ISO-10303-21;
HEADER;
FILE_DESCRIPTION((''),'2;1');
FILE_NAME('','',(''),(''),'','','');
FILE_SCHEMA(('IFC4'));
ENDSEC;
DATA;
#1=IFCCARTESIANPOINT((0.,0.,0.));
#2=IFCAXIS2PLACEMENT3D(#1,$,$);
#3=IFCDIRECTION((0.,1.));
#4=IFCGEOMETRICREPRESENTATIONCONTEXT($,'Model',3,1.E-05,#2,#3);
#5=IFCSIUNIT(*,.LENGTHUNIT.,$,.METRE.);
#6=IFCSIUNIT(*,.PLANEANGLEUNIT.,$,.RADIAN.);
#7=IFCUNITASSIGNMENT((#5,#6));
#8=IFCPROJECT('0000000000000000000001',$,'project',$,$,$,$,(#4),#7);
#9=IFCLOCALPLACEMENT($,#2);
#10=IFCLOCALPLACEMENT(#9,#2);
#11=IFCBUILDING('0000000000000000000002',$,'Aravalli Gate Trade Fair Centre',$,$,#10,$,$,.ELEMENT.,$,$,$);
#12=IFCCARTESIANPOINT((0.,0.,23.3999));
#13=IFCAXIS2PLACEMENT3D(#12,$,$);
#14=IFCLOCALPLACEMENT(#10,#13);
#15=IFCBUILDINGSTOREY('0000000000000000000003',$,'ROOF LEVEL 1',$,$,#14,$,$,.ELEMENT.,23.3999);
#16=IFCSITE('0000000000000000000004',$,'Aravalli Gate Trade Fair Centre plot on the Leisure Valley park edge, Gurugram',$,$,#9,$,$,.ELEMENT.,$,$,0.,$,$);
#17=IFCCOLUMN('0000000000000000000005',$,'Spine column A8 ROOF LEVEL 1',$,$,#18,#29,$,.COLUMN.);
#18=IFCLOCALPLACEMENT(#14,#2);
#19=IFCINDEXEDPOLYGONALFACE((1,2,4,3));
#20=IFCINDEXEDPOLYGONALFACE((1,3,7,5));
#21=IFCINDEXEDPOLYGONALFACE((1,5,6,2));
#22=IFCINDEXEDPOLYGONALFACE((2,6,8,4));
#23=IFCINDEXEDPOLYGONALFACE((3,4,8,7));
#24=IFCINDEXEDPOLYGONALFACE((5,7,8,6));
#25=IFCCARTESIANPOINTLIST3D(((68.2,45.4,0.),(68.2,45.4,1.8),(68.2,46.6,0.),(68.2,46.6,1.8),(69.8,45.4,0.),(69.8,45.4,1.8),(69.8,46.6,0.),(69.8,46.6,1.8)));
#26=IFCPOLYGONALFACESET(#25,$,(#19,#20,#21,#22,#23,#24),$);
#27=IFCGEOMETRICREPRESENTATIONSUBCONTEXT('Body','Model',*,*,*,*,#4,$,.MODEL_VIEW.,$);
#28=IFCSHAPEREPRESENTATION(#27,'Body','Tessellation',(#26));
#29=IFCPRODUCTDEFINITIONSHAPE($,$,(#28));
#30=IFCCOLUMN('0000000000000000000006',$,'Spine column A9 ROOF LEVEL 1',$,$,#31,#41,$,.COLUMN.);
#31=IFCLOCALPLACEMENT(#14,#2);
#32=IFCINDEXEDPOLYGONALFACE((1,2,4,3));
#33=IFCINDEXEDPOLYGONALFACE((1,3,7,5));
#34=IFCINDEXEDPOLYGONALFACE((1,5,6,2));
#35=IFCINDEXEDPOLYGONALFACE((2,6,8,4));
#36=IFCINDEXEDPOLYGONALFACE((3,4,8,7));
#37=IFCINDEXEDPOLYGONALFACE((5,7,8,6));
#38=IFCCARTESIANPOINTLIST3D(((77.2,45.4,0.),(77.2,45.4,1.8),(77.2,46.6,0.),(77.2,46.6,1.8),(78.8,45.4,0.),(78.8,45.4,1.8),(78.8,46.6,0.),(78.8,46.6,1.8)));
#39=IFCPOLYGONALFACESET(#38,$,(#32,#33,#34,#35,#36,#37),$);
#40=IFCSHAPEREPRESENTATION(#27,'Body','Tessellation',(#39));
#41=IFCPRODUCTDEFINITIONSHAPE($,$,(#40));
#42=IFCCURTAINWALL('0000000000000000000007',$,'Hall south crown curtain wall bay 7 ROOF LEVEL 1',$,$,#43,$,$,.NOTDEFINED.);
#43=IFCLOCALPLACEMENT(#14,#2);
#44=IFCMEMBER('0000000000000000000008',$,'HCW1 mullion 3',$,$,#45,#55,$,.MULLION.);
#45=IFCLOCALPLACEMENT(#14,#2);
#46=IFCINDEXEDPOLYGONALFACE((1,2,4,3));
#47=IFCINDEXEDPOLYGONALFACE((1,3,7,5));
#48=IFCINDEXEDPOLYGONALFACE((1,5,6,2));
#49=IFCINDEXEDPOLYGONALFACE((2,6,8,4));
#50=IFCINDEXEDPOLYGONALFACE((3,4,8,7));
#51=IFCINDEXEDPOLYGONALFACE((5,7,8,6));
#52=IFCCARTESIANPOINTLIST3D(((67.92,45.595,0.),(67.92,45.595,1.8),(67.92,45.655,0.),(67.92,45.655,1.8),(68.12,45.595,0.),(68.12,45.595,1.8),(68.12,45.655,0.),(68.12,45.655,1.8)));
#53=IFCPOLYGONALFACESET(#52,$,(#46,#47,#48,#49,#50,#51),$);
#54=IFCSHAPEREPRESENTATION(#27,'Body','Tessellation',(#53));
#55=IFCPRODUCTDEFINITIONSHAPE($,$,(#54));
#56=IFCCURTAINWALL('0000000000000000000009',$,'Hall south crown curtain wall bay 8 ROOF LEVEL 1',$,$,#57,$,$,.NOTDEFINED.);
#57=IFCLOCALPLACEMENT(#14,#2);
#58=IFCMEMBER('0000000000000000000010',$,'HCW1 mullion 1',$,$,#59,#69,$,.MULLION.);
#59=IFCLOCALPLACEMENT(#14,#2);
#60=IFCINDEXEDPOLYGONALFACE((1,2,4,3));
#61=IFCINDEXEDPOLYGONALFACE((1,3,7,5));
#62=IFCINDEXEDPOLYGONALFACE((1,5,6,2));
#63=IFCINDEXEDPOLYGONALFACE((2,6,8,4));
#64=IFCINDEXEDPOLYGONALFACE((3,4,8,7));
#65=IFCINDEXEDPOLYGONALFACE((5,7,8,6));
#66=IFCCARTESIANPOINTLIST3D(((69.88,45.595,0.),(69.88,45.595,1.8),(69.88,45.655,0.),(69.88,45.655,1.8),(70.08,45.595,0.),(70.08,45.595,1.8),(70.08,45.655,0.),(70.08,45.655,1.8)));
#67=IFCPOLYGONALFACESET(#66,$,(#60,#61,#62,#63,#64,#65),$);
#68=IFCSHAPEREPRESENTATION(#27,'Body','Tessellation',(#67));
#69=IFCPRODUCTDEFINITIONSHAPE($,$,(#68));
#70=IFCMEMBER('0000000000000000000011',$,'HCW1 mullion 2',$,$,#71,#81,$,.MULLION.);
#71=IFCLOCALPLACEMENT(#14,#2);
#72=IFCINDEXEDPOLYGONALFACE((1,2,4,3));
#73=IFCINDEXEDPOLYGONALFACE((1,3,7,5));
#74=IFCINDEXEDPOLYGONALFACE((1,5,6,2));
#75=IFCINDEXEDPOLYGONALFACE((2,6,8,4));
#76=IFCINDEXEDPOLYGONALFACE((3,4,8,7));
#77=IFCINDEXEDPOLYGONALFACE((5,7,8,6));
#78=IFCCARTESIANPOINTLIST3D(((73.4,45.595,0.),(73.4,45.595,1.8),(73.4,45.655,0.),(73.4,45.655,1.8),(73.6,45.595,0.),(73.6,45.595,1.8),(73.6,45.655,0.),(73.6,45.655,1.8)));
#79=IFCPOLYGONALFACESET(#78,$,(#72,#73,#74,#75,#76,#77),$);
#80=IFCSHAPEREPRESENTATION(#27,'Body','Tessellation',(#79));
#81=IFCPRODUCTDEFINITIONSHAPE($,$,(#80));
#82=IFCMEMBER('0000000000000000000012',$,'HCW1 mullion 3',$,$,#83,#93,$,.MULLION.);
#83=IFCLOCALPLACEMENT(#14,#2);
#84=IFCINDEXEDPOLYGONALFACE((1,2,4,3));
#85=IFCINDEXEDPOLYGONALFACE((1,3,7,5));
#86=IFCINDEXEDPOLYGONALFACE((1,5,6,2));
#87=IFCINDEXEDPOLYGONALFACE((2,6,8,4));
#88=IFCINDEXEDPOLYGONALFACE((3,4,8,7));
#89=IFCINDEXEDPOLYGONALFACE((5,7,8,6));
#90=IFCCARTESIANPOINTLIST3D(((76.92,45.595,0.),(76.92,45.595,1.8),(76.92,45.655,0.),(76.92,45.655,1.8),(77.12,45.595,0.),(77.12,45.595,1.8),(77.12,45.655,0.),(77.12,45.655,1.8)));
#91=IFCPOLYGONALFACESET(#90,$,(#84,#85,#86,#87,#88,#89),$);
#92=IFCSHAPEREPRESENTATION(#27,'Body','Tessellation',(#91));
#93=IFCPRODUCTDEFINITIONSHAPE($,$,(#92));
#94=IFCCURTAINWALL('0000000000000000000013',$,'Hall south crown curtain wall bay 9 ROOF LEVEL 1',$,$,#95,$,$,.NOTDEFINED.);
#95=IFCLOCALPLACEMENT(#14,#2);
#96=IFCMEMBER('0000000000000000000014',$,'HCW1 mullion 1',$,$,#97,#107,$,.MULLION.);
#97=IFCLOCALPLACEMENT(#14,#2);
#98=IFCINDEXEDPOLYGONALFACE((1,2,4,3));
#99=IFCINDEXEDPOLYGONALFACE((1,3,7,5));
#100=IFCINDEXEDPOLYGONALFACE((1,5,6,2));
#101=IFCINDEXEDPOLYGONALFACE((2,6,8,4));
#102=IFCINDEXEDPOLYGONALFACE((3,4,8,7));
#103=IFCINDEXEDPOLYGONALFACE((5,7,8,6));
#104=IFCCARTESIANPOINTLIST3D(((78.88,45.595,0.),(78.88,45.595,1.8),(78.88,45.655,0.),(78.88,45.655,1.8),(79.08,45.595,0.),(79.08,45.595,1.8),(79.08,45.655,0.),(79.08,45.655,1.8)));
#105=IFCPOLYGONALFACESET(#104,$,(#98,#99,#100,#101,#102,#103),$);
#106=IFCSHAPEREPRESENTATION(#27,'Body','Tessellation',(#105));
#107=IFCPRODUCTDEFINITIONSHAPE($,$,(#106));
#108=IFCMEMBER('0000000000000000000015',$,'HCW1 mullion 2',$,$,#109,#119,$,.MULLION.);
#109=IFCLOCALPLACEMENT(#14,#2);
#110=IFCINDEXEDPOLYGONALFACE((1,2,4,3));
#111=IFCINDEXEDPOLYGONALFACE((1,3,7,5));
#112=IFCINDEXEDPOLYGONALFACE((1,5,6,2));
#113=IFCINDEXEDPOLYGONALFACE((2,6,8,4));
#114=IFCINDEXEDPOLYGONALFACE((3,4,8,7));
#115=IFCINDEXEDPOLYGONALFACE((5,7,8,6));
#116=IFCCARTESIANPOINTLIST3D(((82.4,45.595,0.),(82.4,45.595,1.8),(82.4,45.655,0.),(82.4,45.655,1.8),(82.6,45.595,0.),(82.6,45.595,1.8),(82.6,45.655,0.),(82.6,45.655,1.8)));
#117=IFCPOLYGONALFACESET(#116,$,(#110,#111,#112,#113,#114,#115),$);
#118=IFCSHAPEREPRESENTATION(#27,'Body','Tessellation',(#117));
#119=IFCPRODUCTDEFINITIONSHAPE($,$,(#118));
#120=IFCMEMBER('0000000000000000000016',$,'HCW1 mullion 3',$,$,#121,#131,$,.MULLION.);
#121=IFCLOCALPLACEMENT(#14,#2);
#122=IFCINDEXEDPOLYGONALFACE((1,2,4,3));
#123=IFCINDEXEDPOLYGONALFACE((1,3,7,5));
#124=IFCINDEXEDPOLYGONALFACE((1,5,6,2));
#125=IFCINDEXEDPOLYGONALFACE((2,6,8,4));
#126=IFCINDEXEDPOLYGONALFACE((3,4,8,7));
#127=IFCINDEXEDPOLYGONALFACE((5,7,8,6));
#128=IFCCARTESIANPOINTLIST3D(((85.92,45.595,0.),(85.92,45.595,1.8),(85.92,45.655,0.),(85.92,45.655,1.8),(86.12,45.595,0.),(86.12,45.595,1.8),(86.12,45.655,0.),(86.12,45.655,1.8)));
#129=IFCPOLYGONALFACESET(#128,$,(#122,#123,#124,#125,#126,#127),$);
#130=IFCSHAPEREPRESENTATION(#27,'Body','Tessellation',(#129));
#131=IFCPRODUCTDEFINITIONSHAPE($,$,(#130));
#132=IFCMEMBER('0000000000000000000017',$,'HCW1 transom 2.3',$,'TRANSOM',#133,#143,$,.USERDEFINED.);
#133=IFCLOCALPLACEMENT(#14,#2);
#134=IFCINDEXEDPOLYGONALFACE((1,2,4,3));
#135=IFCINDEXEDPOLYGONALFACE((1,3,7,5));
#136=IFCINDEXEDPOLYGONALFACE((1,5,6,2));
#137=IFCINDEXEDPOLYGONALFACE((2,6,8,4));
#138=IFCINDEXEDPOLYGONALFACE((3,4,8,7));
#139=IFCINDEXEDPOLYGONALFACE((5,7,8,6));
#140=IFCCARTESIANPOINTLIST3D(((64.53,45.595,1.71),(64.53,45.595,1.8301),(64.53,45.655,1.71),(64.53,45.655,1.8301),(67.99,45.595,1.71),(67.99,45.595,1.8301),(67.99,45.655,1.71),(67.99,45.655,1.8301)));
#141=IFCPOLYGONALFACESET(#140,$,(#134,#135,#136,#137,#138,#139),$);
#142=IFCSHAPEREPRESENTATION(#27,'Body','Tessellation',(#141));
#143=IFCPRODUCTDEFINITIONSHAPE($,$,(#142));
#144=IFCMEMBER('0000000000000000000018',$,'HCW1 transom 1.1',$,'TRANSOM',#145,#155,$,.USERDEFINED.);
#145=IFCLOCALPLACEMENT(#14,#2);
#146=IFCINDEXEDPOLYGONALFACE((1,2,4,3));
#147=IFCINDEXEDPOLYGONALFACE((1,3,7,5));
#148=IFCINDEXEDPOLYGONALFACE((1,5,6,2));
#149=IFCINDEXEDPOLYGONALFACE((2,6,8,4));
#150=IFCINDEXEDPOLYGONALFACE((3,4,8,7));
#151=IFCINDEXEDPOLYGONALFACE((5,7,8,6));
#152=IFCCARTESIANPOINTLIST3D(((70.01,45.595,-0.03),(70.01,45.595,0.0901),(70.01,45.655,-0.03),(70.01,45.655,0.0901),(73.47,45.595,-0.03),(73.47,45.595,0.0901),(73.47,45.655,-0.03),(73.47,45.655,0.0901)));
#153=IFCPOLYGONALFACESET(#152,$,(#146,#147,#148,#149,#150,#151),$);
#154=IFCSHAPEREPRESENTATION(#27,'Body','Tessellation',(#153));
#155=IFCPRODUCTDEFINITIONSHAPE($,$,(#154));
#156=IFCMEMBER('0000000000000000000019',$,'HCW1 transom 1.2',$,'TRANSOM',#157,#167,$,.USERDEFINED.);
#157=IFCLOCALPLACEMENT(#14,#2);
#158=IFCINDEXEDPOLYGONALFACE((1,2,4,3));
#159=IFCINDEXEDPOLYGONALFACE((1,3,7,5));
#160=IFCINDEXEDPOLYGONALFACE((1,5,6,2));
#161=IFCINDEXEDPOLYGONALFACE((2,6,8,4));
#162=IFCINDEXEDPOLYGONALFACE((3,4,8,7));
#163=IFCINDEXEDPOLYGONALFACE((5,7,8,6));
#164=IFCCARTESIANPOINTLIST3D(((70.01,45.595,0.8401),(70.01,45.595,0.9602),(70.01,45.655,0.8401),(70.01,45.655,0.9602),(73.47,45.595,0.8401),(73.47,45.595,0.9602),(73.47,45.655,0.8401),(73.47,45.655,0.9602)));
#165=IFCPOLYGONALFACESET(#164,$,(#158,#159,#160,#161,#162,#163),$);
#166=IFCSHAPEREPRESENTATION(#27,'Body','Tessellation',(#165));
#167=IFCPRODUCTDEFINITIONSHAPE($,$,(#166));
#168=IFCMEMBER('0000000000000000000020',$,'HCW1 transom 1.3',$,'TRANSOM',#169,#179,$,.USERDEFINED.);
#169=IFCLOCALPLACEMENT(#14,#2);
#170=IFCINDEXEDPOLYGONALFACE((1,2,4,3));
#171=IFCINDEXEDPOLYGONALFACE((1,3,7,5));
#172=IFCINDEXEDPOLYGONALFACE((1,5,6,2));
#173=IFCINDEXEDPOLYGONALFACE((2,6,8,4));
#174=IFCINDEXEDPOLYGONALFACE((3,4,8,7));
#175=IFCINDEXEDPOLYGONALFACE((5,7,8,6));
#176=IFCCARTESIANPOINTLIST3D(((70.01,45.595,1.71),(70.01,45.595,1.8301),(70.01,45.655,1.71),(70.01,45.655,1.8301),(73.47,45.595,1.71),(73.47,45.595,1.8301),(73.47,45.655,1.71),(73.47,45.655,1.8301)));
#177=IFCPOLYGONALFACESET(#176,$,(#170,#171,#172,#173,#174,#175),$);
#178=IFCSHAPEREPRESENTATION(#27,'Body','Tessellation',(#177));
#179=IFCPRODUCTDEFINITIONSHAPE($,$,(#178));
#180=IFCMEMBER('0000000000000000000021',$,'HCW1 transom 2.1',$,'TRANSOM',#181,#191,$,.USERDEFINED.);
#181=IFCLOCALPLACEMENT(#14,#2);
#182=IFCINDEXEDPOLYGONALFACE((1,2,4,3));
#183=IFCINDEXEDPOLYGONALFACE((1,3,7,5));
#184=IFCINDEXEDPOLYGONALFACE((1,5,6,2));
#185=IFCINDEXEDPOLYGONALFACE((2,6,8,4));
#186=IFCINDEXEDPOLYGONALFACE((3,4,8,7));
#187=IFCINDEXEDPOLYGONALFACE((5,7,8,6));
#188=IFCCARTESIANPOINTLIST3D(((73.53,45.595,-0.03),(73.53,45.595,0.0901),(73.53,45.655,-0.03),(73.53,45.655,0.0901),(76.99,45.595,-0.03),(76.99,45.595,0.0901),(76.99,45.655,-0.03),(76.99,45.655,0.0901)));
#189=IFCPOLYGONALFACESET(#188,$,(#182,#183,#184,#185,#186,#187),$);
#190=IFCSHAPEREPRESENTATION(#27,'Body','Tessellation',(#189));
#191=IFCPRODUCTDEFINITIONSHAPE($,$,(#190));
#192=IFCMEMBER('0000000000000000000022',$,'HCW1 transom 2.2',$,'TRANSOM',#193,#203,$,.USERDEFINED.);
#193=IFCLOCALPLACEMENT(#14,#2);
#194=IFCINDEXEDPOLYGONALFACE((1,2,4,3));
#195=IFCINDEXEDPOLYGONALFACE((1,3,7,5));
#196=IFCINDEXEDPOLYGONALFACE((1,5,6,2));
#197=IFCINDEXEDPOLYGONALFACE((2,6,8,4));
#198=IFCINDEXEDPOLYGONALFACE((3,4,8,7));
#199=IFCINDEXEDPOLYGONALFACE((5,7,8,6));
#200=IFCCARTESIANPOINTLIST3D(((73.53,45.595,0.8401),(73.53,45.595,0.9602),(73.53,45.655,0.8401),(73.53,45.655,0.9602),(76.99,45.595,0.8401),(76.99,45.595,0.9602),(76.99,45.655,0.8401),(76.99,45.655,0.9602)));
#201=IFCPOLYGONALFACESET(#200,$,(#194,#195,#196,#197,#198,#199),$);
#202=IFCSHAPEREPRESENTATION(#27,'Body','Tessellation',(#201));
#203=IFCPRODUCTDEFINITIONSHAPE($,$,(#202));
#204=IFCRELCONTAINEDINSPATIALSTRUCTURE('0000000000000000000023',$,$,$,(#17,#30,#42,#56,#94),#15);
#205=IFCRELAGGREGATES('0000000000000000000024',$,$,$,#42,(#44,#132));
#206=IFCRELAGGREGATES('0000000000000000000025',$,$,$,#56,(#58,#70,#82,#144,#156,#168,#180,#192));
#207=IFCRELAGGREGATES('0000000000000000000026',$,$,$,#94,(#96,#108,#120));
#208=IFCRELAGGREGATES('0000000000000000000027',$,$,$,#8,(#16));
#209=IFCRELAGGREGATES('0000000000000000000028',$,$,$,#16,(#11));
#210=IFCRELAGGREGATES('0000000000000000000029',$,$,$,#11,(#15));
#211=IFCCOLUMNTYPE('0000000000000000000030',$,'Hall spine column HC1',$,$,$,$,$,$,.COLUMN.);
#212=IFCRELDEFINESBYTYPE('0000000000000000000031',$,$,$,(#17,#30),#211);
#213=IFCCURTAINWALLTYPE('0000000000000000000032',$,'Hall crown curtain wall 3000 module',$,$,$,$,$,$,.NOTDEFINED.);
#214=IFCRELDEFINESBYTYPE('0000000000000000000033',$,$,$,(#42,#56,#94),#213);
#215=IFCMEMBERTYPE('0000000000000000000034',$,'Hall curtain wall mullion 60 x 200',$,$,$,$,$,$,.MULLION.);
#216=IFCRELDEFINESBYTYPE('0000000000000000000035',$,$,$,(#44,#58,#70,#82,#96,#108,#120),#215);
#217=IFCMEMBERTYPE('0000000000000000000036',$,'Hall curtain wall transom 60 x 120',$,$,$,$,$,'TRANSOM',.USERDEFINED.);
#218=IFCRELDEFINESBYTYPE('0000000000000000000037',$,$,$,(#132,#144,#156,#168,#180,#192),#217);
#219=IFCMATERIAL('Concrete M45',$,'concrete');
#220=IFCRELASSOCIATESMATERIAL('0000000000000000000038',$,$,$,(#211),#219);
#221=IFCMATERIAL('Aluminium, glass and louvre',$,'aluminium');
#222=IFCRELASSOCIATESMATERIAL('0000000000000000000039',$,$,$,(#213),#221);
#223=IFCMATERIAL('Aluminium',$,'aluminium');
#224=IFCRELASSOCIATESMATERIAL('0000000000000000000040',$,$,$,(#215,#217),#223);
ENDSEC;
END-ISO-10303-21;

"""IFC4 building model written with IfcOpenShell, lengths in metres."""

from ifc_helpers import new_model, si_unit, direction, frame, origin, origin_2d, place, context, subcontext, project, spatial, rectangle, extrude, material, material_profile, profile_set, type_object, element, aggregate, save


model = new_model("IFC4")

# Units and contexts
model_context = context("Model", 3, precision=1e-05, world=origin(), true_north=direction((0.0, 1.0)))
body_context = subcontext(model_context, "Body", "Model", "MODEL_VIEW")
ifc_project = project(units=[si_unit("LENGTHUNIT", "METRE"), si_unit("PLANEANGLEUNIT", "RADIAN")], contexts=[model_context])

# Site, building, storey
site_placement = place(None, origin())
site = spatial("IfcSite", under=ifc_project, at=site_placement, Name="Aravalli Gate Trade Fair Centre plot on the Leisure Valley park edge, Gurugram", CompositionType="ELEMENT", RefElevation=0.0)
building_placement = place(site_placement, origin())
building = spatial("IfcBuilding", under=site, at=building_placement, Name="Aravalli Gate Trade Fair Centre", CompositionType="ELEMENT")
storey_placement = place(building_placement, frame((0.0, 0.0, 23.3999)))
storey = spatial("IfcBuildingStorey", under=building, at=storey_placement, Name="ROOF LEVEL 1", CompositionType="ELEMENT", Elevation=23.3999)

# Columns
ifc_material_1 = material(Name="Concrete M45", Category="concrete")
ifc_material_profile_1 = material_profile(ifc_material_1, rectangle(XDim=1.6001, YDim=1.2, at=origin_2d()), Name="RC 1600x1200")
ifc_profile_set_1 = profile_set([ifc_material_profile_1], Name="Concrete M45")
column_type = type_object("IfcColumnType", Name="Hall spine column HC1", PredefinedType="COLUMN", material=ifc_profile_set_1)
for number, where, z_axis, x_axis, name in (
    (1, (69.0, 46.0, 0.0), (0.0, 0.0, 1.0), (1.0, 0.0, 0.0), "Spine column A8 ROOF LEVEL 1"),
    (2, (78.0, 46.0, 0.0), (0.0, 0.0, 1.0), (1.0, 0.0, 0.0), "Spine column A9 ROOF LEVEL 1"),
):
    element("IfcColumn", number, at=place(storey_placement, frame(where, z_axis=z_axis, x_axis=x_axis)), inside=storey, type_object=column_type, Name=name, PredefinedType="COLUMN", context=body_context, shape_type="SweptSolid", body=[
        extrude(rectangle(XDim=1.6001, YDim=1.2, at=origin_2d()), origin(), (0.0, 0.0, 1.0), 1.8),
    ])

# Curtain wall, member
ifc_material_2 = material(Name="Aluminium, glass and louvre", Category="aluminium")
curtain_wall_type = type_object("IfcCurtainWallType", Name="Hall crown curtain wall 3000 module", PredefinedType="NOTDEFINED", material=ifc_material_2)
curtain_wall_1_placement = place(storey_placement, origin())
curtain_wall_1 = element("IfcCurtainWall", 3, at=curtain_wall_1_placement, inside=storey, type_object=curtain_wall_type, Name="Hall south crown curtain wall bay 7 ROOF LEVEL 1", PredefinedType="NOTDEFINED")
ifc_material_3 = material(Name="Aluminium", Category="aluminium")
ifc_material_profile_2 = material_profile(ifc_material_3, rectangle(XDim=0.0601, YDim=0.2, at=origin_2d()), Name="Hall curtain wall mullion 60 x 200")
ifc_profile_set_2 = profile_set([ifc_material_profile_2], Name="Aluminium")
member_type_1 = type_object("IfcMemberType", Name="Hall curtain wall mullion 60 x 200", PredefinedType="MULLION", material=ifc_profile_set_2)
member_1_placement = place(storey_placement, frame((68.02, 45.625, 0.0), z_axis=(0.0, 0.0, 1.0), x_axis=(0.0, 1.0, 0.0)))
member_1 = element("IfcMember", 4, at=member_1_placement, type_object=member_type_1, Name="HCW1 mullion 3", PredefinedType="MULLION", context=body_context, shape_type="SweptSolid", body=[
    extrude(rectangle(XDim=0.0601, YDim=0.2, at=origin_2d()), origin(), (0.0, 0.0, 1.0), 1.8),
])

# Curtain walls, members
curtain_wall_2_placement = place(storey_placement, origin())
curtain_wall_2 = element("IfcCurtainWall", 5, at=curtain_wall_2_placement, inside=storey, type_object=curtain_wall_type, Name="Hall south crown curtain wall bay 8 ROOF LEVEL 1", PredefinedType="NOTDEFINED")
member_2_placement = place(storey_placement, frame((69.98, 45.625, 0.0), z_axis=(0.0, 0.0, 1.0), x_axis=(0.0, 1.0, 0.0)))
member_2 = element("IfcMember", 6, at=member_2_placement, type_object=member_type_1, Name="HCW1 mullion 1", PredefinedType="MULLION", context=body_context, shape_type="SweptSolid", body=[
    extrude(rectangle(XDim=0.0601, YDim=0.2, at=origin_2d()), origin(), (0.0, 0.0, 1.0), 1.8),
])
member_3_placement = place(storey_placement, frame((73.5, 45.625, 0.0), z_axis=(0.0, 0.0, 1.0), x_axis=(0.0, 1.0, 0.0)))
member_3 = element("IfcMember", 7, at=member_3_placement, type_object=member_type_1, Name="HCW1 mullion 2", PredefinedType="MULLION", context=body_context, shape_type="SweptSolid", body=[
    extrude(rectangle(XDim=0.0601, YDim=0.2, at=origin_2d()), origin(), (0.0, 0.0, 1.0), 1.8),
])
member_4_placement = place(storey_placement, frame((77.02, 45.625, 0.0), z_axis=(0.0, 0.0, 1.0), x_axis=(0.0, 1.0, 0.0)))
member_4 = element("IfcMember", 8, at=member_4_placement, type_object=member_type_1, Name="HCW1 mullion 3", PredefinedType="MULLION", context=body_context, shape_type="SweptSolid", body=[
    extrude(rectangle(XDim=0.0601, YDim=0.2, at=origin_2d()), origin(), (0.0, 0.0, 1.0), 1.8),
])
curtain_wall_3_placement = place(storey_placement, origin())
curtain_wall_3 = element("IfcCurtainWall", 9, at=curtain_wall_3_placement, inside=storey, type_object=curtain_wall_type, Name="Hall south crown curtain wall bay 9 ROOF LEVEL 1", PredefinedType="NOTDEFINED")
member_5_placement = place(storey_placement, frame((78.98, 45.625, 0.0), z_axis=(0.0, 0.0, 1.0), x_axis=(0.0, 1.0, 0.0)))
member_5 = element("IfcMember", 10, at=member_5_placement, type_object=member_type_1, Name="HCW1 mullion 1", PredefinedType="MULLION", context=body_context, shape_type="SweptSolid", body=[
    extrude(rectangle(XDim=0.0601, YDim=0.2, at=origin_2d()), origin(), (0.0, 0.0, 1.0), 1.8),
])
member_6_placement = place(storey_placement, frame((82.5, 45.625, 0.0), z_axis=(0.0, 0.0, 1.0), x_axis=(0.0, 1.0, 0.0)))
member_6 = element("IfcMember", 11, at=member_6_placement, type_object=member_type_1, Name="HCW1 mullion 2", PredefinedType="MULLION", context=body_context, shape_type="SweptSolid", body=[
    extrude(rectangle(XDim=0.0601, YDim=0.2, at=origin_2d()), origin(), (0.0, 0.0, 1.0), 1.8),
])
member_7_placement = place(storey_placement, frame((86.02, 45.625, 0.0), z_axis=(0.0, 0.0, 1.0), x_axis=(0.0, 1.0, 0.0)))
member_7 = element("IfcMember", 12, at=member_7_placement, type_object=member_type_1, Name="HCW1 mullion 3", PredefinedType="MULLION", context=body_context, shape_type="SweptSolid", body=[
    extrude(rectangle(XDim=0.0601, YDim=0.2, at=origin_2d()), origin(), (0.0, 0.0, 1.0), 1.8),
])

# Members
ifc_material_profile_3 = material_profile(ifc_material_3, rectangle(XDim=0.0601, YDim=0.1201, at=origin_2d()), Name="Hall curtain wall transom 60 x 120")
ifc_profile_set_3 = profile_set([ifc_material_profile_3], Name="Aluminium")
member_type_2 = type_object("IfcMemberType", Name="Hall curtain wall transom 60 x 120", ElementType="TRANSOM", PredefinedType="USERDEFINED", material=ifc_profile_set_3)
member_8_placement = place(storey_placement, frame((64.53, 45.625, 1.77), z_axis=(1.0, 0.0, 0.0), x_axis=(0.0, 1.0, 0.0)))
member_8 = element("IfcMember", 13, at=member_8_placement, type_object=member_type_2, Name="HCW1 transom 2.3", ObjectType="TRANSOM", PredefinedType="USERDEFINED", context=body_context, shape_type="SweptSolid", body=[
    extrude(rectangle(XDim=0.0601, YDim=0.1201, at=origin_2d()), origin(), (0.0, 0.0, 1.0), 3.46),
])
member_9_placement = place(storey_placement, frame((70.01, 45.625, 0.03), z_axis=(1.0, 0.0, 0.0), x_axis=(0.0, 1.0, 0.0)))
member_9 = element("IfcMember", 14, at=member_9_placement, type_object=member_type_2, Name="HCW1 transom 1.1", ObjectType="TRANSOM", PredefinedType="USERDEFINED", context=body_context, shape_type="SweptSolid", body=[
    extrude(rectangle(XDim=0.0601, YDim=0.1201, at=origin_2d()), origin(), (0.0, 0.0, 1.0), 3.46),
])
member_10_placement = place(storey_placement, frame((70.01, 45.625, 0.9001), z_axis=(1.0, 0.0, 0.0), x_axis=(0.0, 1.0, 0.0)))
member_10 = element("IfcMember", 15, at=member_10_placement, type_object=member_type_2, Name="HCW1 transom 1.2", ObjectType="TRANSOM", PredefinedType="USERDEFINED", context=body_context, shape_type="SweptSolid", body=[
    extrude(rectangle(XDim=0.0601, YDim=0.1201, at=origin_2d()), origin(), (0.0, 0.0, 1.0), 3.46),
])
member_11_placement = place(storey_placement, frame((70.01, 45.625, 1.77), z_axis=(1.0, 0.0, 0.0), x_axis=(0.0, 1.0, 0.0)))
member_11 = element("IfcMember", 16, at=member_11_placement, type_object=member_type_2, Name="HCW1 transom 1.3", ObjectType="TRANSOM", PredefinedType="USERDEFINED", context=body_context, shape_type="SweptSolid", body=[
    extrude(rectangle(XDim=0.0601, YDim=0.1201, at=origin_2d()), origin(), (0.0, 0.0, 1.0), 3.46),
])
member_12_placement = place(storey_placement, frame((73.53, 45.625, 0.03), z_axis=(1.0, 0.0, 0.0), x_axis=(0.0, 1.0, 0.0)))
member_12 = element("IfcMember", 17, at=member_12_placement, type_object=member_type_2, Name="HCW1 transom 2.1", ObjectType="TRANSOM", PredefinedType="USERDEFINED", context=body_context, shape_type="SweptSolid", body=[
    extrude(rectangle(XDim=0.0601, YDim=0.1201, at=origin_2d()), origin(), (0.0, 0.0, 1.0), 3.46),
])
member_13_placement = place(storey_placement, frame((73.53, 45.625, 0.9001), z_axis=(1.0, 0.0, 0.0), x_axis=(0.0, 1.0, 0.0)))
member_13 = element("IfcMember", 18, at=member_13_placement, type_object=member_type_2, Name="HCW1 transom 2.2", ObjectType="TRANSOM", PredefinedType="USERDEFINED", context=body_context, shape_type="SweptSolid", body=[
    extrude(rectangle(XDim=0.0601, YDim=0.1201, at=origin_2d()), origin(), (0.0, 0.0, 1.0), 3.46),
])

aggregate(curtain_wall_1, [member_1, member_8])
aggregate(curtain_wall_2, [member_2, member_3, member_4, member_9, member_10, member_11, member_12, member_13])
aggregate(curtain_wall_3, [member_5, member_6, member_7])

save(model, "model.ifc")
